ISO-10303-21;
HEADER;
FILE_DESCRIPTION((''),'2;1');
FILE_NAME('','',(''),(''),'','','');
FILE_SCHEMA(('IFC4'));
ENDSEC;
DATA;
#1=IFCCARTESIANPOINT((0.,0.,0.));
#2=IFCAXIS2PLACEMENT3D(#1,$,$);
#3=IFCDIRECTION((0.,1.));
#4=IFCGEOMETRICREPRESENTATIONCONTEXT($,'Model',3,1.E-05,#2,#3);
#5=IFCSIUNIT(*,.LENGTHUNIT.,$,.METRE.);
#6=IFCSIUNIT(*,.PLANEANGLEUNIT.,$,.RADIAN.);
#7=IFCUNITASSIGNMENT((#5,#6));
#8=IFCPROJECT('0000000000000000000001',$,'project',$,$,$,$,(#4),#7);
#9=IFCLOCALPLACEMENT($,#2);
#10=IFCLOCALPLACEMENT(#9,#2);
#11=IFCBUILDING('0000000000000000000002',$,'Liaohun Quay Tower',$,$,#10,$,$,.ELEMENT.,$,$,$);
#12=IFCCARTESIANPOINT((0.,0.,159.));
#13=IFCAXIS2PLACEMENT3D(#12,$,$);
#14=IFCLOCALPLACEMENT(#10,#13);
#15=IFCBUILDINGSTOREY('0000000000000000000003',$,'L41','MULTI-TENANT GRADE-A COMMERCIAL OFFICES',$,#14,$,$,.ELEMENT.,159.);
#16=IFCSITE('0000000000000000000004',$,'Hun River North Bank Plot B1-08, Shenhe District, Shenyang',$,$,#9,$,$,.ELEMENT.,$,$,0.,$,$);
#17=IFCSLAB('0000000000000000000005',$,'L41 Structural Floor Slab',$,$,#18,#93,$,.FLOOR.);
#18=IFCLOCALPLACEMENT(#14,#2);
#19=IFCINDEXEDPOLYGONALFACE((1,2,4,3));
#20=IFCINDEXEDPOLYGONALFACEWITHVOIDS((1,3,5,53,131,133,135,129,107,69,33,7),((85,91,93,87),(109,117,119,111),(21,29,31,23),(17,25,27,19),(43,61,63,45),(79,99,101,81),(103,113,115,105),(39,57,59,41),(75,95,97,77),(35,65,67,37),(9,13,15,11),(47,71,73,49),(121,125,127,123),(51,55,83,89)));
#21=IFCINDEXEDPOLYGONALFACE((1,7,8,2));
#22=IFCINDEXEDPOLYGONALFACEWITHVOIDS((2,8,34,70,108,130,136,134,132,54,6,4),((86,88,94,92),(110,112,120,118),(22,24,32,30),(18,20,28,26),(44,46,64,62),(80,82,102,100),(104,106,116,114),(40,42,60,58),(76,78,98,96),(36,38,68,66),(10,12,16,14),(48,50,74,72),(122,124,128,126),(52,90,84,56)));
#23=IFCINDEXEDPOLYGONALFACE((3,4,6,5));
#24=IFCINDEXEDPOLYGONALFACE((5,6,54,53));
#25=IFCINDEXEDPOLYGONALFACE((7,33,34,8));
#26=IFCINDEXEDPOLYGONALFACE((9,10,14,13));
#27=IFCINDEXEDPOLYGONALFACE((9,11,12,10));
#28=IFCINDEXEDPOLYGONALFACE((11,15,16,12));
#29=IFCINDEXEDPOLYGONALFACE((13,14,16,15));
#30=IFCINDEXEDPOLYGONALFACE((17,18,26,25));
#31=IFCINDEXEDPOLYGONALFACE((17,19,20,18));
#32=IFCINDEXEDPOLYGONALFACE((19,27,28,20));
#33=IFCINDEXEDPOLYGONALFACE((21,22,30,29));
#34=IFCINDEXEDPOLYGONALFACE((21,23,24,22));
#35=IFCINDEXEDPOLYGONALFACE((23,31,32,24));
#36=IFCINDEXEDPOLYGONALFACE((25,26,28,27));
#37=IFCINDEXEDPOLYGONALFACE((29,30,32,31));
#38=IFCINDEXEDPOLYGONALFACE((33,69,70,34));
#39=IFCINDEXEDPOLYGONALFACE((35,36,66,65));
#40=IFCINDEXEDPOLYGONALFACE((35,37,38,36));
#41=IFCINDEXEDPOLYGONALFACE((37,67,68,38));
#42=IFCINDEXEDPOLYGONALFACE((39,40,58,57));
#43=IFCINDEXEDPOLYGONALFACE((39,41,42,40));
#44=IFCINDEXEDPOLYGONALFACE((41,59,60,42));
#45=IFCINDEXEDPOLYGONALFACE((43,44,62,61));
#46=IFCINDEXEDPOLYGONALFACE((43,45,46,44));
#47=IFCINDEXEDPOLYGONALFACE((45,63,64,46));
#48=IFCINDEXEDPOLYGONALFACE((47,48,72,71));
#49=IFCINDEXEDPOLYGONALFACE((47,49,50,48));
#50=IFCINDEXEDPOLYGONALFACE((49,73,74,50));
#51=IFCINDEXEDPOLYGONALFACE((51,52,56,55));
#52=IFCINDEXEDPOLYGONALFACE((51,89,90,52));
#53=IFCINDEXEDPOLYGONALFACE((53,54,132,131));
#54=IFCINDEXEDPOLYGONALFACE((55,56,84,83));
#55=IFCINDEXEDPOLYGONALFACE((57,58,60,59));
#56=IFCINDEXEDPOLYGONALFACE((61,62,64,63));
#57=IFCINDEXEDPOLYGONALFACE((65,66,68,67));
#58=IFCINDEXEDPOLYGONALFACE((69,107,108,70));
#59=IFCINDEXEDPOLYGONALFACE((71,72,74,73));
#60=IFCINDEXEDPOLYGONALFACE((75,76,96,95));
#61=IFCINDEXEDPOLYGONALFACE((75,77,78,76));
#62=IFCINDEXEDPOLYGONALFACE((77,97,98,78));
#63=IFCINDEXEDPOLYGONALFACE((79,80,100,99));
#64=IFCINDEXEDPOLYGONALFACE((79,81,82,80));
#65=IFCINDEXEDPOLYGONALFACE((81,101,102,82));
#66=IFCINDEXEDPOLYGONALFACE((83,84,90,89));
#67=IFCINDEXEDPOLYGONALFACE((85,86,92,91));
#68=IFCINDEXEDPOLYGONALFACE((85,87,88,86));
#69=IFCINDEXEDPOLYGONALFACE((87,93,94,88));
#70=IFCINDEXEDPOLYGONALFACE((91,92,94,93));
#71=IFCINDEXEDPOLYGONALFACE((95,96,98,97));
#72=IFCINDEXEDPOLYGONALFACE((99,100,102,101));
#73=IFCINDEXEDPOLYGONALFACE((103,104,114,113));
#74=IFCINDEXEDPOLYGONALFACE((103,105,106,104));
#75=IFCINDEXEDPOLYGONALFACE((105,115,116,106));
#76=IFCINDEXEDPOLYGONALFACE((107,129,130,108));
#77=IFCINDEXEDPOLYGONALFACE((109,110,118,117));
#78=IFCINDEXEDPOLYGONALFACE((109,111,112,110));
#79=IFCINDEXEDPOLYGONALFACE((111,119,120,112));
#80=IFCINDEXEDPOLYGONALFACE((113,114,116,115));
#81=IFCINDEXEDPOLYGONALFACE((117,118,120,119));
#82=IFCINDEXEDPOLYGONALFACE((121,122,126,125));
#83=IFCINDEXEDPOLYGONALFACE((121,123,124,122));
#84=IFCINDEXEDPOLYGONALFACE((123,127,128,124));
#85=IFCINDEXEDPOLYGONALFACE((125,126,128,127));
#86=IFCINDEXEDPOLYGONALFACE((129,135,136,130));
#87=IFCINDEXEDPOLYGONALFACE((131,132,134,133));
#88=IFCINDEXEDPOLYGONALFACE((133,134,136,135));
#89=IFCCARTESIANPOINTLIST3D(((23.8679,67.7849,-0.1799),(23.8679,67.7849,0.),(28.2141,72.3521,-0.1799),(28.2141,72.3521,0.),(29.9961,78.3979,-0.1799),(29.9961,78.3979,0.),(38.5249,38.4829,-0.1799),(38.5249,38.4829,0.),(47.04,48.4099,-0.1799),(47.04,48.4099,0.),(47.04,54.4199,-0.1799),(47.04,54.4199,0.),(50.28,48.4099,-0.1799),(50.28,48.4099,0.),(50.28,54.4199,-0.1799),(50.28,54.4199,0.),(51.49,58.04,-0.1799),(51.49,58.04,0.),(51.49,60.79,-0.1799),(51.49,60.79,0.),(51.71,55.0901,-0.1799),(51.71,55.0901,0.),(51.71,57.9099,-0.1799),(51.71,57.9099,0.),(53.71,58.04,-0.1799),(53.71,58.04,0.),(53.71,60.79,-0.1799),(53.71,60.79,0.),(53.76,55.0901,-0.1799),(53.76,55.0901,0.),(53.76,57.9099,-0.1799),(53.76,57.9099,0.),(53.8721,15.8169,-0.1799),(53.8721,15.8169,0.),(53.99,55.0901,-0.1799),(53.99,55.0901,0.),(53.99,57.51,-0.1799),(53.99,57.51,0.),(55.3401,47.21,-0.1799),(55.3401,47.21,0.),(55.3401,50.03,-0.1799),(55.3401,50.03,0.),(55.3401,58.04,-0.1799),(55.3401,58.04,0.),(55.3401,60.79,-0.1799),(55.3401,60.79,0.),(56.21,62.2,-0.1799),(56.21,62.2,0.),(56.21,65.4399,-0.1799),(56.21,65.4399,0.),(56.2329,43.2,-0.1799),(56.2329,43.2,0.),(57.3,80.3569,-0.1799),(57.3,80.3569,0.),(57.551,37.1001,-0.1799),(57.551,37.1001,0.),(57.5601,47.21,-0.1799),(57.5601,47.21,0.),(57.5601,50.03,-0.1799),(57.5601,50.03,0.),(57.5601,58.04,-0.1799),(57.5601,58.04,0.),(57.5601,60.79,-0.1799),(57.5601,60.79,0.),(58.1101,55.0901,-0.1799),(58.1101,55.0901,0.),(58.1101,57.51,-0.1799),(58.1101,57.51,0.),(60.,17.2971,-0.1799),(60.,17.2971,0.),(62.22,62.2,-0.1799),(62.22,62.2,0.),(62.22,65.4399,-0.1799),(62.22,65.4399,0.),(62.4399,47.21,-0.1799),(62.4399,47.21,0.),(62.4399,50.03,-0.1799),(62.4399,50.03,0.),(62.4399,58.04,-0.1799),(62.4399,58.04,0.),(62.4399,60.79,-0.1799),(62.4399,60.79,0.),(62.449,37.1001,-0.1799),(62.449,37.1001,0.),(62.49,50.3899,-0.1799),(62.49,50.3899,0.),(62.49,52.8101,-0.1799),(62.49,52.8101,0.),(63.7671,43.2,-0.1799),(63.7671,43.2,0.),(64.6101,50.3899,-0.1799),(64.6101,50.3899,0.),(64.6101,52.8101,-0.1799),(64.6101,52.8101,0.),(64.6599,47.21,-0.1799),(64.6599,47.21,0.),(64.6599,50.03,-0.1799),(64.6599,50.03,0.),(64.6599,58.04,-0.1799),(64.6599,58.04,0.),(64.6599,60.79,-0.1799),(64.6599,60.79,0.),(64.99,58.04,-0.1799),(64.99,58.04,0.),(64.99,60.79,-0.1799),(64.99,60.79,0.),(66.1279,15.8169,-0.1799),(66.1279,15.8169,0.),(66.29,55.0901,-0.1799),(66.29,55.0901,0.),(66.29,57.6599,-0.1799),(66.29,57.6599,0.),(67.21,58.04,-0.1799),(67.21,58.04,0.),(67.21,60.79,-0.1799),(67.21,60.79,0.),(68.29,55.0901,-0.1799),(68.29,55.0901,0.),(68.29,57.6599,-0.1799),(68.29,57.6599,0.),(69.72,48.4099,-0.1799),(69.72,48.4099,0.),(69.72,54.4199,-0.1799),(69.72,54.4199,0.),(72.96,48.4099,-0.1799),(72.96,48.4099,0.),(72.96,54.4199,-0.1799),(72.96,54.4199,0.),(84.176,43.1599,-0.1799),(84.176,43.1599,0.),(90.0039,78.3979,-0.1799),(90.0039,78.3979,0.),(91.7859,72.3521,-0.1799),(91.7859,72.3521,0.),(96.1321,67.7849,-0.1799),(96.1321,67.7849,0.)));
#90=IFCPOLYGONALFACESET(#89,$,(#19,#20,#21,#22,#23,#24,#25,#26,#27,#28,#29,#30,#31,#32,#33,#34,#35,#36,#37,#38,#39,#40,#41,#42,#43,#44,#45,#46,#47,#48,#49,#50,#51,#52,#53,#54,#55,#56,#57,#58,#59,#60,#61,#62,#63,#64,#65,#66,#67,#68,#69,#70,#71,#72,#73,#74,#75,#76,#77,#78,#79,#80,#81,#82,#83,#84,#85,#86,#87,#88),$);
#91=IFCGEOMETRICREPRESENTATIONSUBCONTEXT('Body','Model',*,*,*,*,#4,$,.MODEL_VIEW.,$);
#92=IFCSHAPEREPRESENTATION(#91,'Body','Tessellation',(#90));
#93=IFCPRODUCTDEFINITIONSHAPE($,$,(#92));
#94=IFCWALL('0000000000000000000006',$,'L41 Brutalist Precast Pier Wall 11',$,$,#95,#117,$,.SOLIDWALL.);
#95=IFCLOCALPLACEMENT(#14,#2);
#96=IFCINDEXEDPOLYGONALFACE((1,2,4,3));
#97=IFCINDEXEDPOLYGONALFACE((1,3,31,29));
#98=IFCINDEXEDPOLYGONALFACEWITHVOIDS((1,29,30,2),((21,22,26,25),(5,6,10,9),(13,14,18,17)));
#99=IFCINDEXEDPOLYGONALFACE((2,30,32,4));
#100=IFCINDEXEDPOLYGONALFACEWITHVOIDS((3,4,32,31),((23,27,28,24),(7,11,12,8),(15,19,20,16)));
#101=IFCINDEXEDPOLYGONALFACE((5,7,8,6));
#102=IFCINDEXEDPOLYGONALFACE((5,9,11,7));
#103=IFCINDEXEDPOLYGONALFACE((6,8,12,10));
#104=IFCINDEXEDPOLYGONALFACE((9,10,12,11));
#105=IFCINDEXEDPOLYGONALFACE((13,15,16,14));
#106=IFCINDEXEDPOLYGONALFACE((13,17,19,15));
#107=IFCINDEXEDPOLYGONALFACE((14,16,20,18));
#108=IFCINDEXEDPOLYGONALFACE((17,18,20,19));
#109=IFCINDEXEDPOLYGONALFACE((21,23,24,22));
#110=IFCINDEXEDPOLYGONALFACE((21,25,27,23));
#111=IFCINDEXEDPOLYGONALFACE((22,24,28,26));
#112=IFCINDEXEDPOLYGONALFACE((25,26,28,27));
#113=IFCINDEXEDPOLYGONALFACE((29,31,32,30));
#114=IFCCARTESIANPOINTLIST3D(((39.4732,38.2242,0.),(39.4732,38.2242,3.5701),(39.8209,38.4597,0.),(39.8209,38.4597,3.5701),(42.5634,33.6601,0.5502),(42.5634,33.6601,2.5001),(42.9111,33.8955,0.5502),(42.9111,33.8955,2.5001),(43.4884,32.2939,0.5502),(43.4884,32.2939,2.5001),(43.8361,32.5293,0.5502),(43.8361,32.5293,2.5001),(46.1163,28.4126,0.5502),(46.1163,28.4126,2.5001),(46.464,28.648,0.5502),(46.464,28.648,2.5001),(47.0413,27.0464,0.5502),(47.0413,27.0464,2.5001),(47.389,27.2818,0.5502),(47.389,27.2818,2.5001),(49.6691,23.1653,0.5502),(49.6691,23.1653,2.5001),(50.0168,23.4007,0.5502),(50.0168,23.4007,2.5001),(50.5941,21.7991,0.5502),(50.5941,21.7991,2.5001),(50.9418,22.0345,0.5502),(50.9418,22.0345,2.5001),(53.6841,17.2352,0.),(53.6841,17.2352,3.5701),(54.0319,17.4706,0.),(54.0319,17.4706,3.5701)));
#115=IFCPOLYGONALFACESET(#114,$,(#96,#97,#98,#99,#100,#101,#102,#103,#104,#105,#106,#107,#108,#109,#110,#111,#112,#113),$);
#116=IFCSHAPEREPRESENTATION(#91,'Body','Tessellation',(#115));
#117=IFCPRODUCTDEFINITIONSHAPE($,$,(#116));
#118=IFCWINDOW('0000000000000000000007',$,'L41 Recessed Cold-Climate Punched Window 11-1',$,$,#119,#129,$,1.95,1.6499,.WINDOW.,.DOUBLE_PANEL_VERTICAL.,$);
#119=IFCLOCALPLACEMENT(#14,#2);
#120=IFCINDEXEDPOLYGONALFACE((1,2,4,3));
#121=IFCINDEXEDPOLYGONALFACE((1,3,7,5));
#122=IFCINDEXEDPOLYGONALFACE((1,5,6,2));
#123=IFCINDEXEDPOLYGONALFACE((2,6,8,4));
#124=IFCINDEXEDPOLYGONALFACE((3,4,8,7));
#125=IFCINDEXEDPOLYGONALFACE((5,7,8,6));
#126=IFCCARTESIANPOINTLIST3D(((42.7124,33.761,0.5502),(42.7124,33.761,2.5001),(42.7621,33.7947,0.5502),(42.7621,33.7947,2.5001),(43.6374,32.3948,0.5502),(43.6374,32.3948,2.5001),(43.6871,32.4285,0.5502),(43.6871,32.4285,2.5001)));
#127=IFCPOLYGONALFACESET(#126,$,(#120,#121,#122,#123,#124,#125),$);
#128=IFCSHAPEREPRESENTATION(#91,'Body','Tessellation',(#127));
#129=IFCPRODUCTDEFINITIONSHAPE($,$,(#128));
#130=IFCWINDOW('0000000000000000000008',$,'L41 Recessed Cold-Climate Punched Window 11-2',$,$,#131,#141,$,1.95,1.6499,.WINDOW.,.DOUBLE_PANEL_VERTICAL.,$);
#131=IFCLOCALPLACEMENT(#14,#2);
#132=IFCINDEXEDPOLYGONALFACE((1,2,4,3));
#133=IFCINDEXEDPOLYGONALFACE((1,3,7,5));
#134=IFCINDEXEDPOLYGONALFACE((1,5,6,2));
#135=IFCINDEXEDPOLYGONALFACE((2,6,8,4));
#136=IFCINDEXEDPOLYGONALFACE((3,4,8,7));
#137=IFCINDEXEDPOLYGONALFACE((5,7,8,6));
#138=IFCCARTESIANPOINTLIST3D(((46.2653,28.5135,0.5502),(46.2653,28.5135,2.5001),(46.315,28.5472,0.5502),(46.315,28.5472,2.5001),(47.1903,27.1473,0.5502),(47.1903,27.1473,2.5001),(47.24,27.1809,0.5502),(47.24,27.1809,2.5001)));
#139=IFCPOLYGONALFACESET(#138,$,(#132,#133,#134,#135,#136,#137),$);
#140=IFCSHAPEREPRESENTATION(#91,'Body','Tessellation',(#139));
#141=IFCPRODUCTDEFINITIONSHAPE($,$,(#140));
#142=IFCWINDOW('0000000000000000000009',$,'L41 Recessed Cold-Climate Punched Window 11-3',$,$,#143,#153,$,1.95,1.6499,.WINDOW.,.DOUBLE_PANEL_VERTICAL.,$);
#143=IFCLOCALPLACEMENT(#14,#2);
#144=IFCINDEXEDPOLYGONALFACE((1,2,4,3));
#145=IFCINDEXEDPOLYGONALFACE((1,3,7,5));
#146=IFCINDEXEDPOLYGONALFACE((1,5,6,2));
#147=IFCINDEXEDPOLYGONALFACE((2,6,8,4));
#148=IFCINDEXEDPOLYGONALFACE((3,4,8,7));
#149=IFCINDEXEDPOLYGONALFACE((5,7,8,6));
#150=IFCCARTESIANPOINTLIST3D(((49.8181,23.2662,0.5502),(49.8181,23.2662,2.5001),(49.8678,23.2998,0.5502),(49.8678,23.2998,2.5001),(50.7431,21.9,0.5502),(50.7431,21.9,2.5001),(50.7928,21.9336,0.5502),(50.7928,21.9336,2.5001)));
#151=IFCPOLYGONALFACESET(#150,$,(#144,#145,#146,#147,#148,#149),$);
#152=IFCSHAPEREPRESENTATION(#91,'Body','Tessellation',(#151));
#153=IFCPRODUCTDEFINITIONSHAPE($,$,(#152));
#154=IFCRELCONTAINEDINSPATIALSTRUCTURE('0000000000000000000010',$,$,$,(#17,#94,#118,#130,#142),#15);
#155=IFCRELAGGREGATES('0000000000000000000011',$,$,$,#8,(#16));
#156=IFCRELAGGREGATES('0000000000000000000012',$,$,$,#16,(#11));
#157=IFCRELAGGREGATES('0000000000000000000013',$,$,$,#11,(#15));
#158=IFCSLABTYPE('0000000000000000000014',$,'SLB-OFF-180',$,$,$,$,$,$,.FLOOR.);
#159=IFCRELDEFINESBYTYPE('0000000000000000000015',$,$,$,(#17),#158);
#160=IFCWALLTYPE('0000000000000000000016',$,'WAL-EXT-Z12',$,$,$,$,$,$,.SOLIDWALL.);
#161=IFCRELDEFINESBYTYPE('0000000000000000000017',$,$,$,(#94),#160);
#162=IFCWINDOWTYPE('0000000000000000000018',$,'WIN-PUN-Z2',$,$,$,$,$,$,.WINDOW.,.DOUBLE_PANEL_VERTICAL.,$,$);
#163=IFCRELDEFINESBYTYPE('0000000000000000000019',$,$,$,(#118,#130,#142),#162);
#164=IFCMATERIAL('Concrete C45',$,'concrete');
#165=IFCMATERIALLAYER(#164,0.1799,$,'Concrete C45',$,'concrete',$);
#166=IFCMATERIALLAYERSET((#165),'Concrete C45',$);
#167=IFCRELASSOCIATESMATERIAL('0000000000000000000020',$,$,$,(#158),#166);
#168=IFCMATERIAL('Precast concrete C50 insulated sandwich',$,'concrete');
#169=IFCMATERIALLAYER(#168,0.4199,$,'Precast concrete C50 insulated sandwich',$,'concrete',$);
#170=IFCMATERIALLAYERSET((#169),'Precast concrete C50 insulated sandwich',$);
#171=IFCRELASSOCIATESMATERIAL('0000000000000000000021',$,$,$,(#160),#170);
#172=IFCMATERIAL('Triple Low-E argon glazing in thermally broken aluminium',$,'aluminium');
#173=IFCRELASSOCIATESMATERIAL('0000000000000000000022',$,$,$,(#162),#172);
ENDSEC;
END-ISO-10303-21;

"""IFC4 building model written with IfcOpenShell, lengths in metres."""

from ifc_helpers import new_model, si_unit, direction, frame, frame_2d, origin, place, context, subcontext, project, spatial, polyline, rectangle, outline, extrude, source, transform, mapped, material, layer, layer_set, type_object, element, fill, save


model = new_model("IFC4")

# Units and contexts
model_context = context("Model", 3, precision=1e-05, world=origin(), true_north=direction((0.0, 1.0)))
body_context = subcontext(model_context, "Body", "Model", "MODEL_VIEW")
ifc_project = project(units=[si_unit("LENGTHUNIT", "METRE"), si_unit("PLANEANGLEUNIT", "RADIAN")], contexts=[model_context])

# Site, building, storey
site_placement = place(None, origin())
site = spatial("IfcSite", under=ifc_project, at=site_placement, Name="Hun River North Bank Plot B1-08, Shenhe District, Shenyang", CompositionType="ELEMENT", RefElevation=0.0)
building_placement = place(site_placement, origin())
building = spatial("IfcBuilding", under=site, at=building_placement, Name="Liaohun Quay Tower", CompositionType="ELEMENT")
storey_placement = place(building_placement, frame((0.0, 0.0, 159.0)))
storey = spatial("IfcBuildingStorey", under=building, at=storey_placement, Name="L41", Description="MULTI-TENANT GRADE-A COMMERCIAL OFFICES", CompositionType="ELEMENT", Elevation=159.0)

# Shared definitions
ifc_material_1 = material(Name="Concrete C45", Category="concrete")

# Slab
ifc_layer_1 = layer(ifc_material_1, 0.1799, Name="Concrete C45", Category="concrete")
ifc_layer_set_1 = layer_set([ifc_layer_1], Name="Concrete C45")
slab_type_1 = type_object("IfcSlabType", Name="SLB-OFF-180", PredefinedType="FLOOR", material=ifc_layer_set_1)
slab_1_placement = place(storey_placement, frame((0.0, 0.0, -0.1799)))
element("IfcSlab", 1, at=slab_1_placement, inside=storey, type_object=slab_type_1, Name="L41 Structural Floor Slab", PredefinedType="FLOOR", context=body_context, shape_type="SweptSolid", body=[
    extrude(outline(polyline([(53.8721, 15.8169), (60.0, 17.2971), (66.1279, 15.8169), (84.176, 43.1599), (96.1321, 67.7849), (91.7859, 72.3521), (90.0039, 78.3979), (57.3, 80.3569), (29.9961, 78.3979), (28.2141, 72.3521), (23.8679, 67.7849), (38.5249, 38.4829), (53.8721, 15.8169)]), holes=[polyline([(57.5601, 50.03), (55.3401, 50.03), (55.3401, 47.21), (57.5601, 47.21), (57.5601, 50.03)]), polyline([(50.28, 54.4199), (47.04, 54.4199), (47.04, 48.4099), (50.28, 48.4099), (50.28, 54.4199)]), polyline([(53.99, 55.0901), (58.1101, 55.0901), (58.1101, 57.51), (53.99, 57.51), (53.99, 55.0901)]), polyline([(53.76, 55.0901), (53.76, 57.9099), (51.71, 57.9099), (51.71, 55.0901), (53.76, 55.0901)]), polyline([(53.71, 58.04), (53.71, 60.79), (51.49, 60.79), (51.49, 58.04), (53.71, 58.04)]), polyline([(57.5601, 58.04), (57.5601, 60.79), (55.3401, 60.79), (55.3401, 58.04), (57.5601, 58.04)]), polyline([(62.22, 62.2), (62.22, 65.4399), (56.21, 65.4399), (56.21, 62.2), (62.22, 62.2)]), polyline([(62.449, 37.1001), (63.7671, 43.2), (56.2329, 43.2), (57.551, 37.1001), (62.449, 37.1001)]), polyline([(64.6599, 47.21), (64.6599, 50.03), (62.4399, 50.03), (62.4399, 47.21), (64.6599, 47.21)]), polyline([(72.96, 54.4199), (69.72, 54.4199), (69.72, 48.4099), (72.96, 48.4099), (72.96, 54.4199)]), polyline([(64.6101, 50.3899), (64.6101, 52.8101), (62.49, 52.8101), (62.49, 50.3899), (64.6101, 50.3899)]), polyline([(68.29, 55.0901), (68.29, 57.6599), (66.29, 57.6599), (66.29, 55.0901), (68.29, 55.0901)]), polyline([(64.6599, 58.04), (64.6599, 60.79), (62.4399, 60.79), (62.4399, 58.04), (64.6599, 58.04)]), polyline([(67.21, 58.04), (67.21, 60.79), (64.99, 60.79), (64.99, 58.04), (67.21, 58.04)])]), origin(), (0.0, 0.0, 1.0), 0.1799),
])

# Wall, openings, windows
ifc_material_2 = material(Name="Precast concrete C50 insulated sandwich", Category="concrete")
ifc_layer_2 = layer(ifc_material_2, 0.4199, Name="Precast concrete C50 insulated sandwich", Category="concrete")
ifc_layer_set_2 = layer_set([ifc_layer_2], Name="Precast concrete C50 insulated sandwich")
wall_type_1 = type_object("IfcWallType", Name="WAL-EXT-Z12", PredefinedType="SOLIDWALL", material=ifc_layer_set_2)
wall_1_placement = place(storey_placement, frame((39.647, 38.342, 0.0), z_axis=(0.0, 0.0, 1.0), x_axis=(0.560647, -0.828055, 0.0)))
wall_1 = element("IfcWall", 2, at=wall_1_placement, inside=storey, type_object=wall_type_1, Name="L41 Brutalist Precast Pier Wall 11", PredefinedType="SOLIDWALL", context=body_context, shape_type="SweptSolid", body=[
    extrude(rectangle(XDim=25.3474, YDim=0.4199, at=frame_2d((12.6738, 0.0))), origin(), (0.0, 0.0, 1.0), 3.5701),
])
shared_shape_1 = source(origin(), body_context, "Body", "SweptSolid", [
    extrude(rectangle(XDim=1.6499, YDim=1.95, at=frame_2d((0.825, 0.9751))), frame((0.0, 0.22, 0.0), z_axis=(0.0, -1.0, 0.0), x_axis=(1.0, 0.0, 0.0)), (0.0, 0.0, 1.0), 0.4399),
])
opening_1_placement = place(wall_1_placement, frame((5.512, 0.0, 0.55)))
opening_1 = element("IfcOpeningElement", 3, at=opening_1_placement, cuts=wall_1, PredefinedType="OPENING", context=body_context, shape_type="MappedRepresentation", body=[
    mapped(shared_shape_1, transform((0.0, 0.0, 0.0), x_axis=(1.0, 0.0, 0.0), y_axis=(0.0, 1.0, 0.0), z_axis=(0.0, 0.0, 1.0), scale=1.0)),
])
opening_2_placement = place(wall_1_placement, frame((11.8491, 0.0, 0.55)))
opening_2 = element("IfcOpeningElement", 4, at=opening_2_placement, cuts=wall_1, PredefinedType="OPENING", context=body_context, shape_type="MappedRepresentation", body=[
    mapped(shared_shape_1, transform((0.0, 0.0, 0.0), x_axis=(1.0, 0.0, 0.0), y_axis=(0.0, 1.0, 0.0), z_axis=(0.0, 0.0, 1.0), scale=1.0)),
])
opening_3_placement = place(wall_1_placement, frame((18.186, 0.0, 0.55)))
opening_3 = element("IfcOpeningElement", 5, at=opening_3_placement, cuts=wall_1, PredefinedType="OPENING", context=body_context, shape_type="MappedRepresentation", body=[
    mapped(shared_shape_1, transform((0.0, 0.0, 0.0), x_axis=(1.0, 0.0, 0.0), y_axis=(0.0, 1.0, 0.0), z_axis=(0.0, 0.0, 1.0), scale=1.0)),
])
ifc_material_3 = material(Name="Triple Low-E argon glazing in thermally broken aluminium", Category="aluminium")
window_type = type_object("IfcWindowType", Name="WIN-PUN-Z2", PartitioningType="DOUBLE_PANEL_VERTICAL", PredefinedType="WINDOW", material=ifc_material_3)
shared_shape_2 = source(origin(), body_context, "Body", "SweptSolid", [
    extrude(rectangle(XDim=1.6499, YDim=1.95, at=frame_2d((0.825, 0.9751))), frame((0.0, 0.03, 0.0), z_axis=(0.0, -1.0, 0.0), x_axis=(1.0, 0.0, 0.0)), (0.0, 0.0, 1.0), 0.0601),
])
window_1_placement = place(opening_1_placement, origin())
window_1 = element("IfcWindow", 6, at=window_1_placement, inside=storey, type_object=window_type, Name="L41 Recessed Cold-Climate Punched Window 11-1", OverallHeight=1.95, OverallWidth=1.6499, PartitioningType="DOUBLE_PANEL_VERTICAL", PredefinedType="WINDOW", context=body_context, shape_type="MappedRepresentation", body=[
    mapped(shared_shape_2, transform((0.0, 0.0, 0.0), x_axis=(1.0, 0.0, 0.0), y_axis=(0.0, 1.0, 0.0), z_axis=(0.0, 0.0, 1.0), scale=1.0)),
])
fill(opening_1, window_1)
window_2_placement = place(opening_2_placement, origin())
window_2 = element("IfcWindow", 7, at=window_2_placement, inside=storey, type_object=window_type, Name="L41 Recessed Cold-Climate Punched Window 11-2", OverallHeight=1.95, OverallWidth=1.6499, PartitioningType="DOUBLE_PANEL_VERTICAL", PredefinedType="WINDOW", context=body_context, shape_type="MappedRepresentation", body=[
    mapped(shared_shape_2, transform((0.0, 0.0, 0.0), x_axis=(1.0, 0.0, 0.0), y_axis=(0.0, 1.0, 0.0), z_axis=(0.0, 0.0, 1.0), scale=1.0)),
])
fill(opening_2, window_2)
window_3_placement = place(opening_3_placement, origin())
window_3 = element("IfcWindow", 8, at=window_3_placement, inside=storey, type_object=window_type, Name="L41 Recessed Cold-Climate Punched Window 11-3", OverallHeight=1.95, OverallWidth=1.6499, PartitioningType="DOUBLE_PANEL_VERTICAL", PredefinedType="WINDOW", context=body_context, shape_type="MappedRepresentation", body=[
    mapped(shared_shape_2, transform((0.0, 0.0, 0.0), x_axis=(1.0, 0.0, 0.0), y_axis=(0.0, 1.0, 0.0), z_axis=(0.0, 0.0, 1.0), scale=1.0)),
])
fill(opening_3, window_3)

save(model, "model.ifc")
